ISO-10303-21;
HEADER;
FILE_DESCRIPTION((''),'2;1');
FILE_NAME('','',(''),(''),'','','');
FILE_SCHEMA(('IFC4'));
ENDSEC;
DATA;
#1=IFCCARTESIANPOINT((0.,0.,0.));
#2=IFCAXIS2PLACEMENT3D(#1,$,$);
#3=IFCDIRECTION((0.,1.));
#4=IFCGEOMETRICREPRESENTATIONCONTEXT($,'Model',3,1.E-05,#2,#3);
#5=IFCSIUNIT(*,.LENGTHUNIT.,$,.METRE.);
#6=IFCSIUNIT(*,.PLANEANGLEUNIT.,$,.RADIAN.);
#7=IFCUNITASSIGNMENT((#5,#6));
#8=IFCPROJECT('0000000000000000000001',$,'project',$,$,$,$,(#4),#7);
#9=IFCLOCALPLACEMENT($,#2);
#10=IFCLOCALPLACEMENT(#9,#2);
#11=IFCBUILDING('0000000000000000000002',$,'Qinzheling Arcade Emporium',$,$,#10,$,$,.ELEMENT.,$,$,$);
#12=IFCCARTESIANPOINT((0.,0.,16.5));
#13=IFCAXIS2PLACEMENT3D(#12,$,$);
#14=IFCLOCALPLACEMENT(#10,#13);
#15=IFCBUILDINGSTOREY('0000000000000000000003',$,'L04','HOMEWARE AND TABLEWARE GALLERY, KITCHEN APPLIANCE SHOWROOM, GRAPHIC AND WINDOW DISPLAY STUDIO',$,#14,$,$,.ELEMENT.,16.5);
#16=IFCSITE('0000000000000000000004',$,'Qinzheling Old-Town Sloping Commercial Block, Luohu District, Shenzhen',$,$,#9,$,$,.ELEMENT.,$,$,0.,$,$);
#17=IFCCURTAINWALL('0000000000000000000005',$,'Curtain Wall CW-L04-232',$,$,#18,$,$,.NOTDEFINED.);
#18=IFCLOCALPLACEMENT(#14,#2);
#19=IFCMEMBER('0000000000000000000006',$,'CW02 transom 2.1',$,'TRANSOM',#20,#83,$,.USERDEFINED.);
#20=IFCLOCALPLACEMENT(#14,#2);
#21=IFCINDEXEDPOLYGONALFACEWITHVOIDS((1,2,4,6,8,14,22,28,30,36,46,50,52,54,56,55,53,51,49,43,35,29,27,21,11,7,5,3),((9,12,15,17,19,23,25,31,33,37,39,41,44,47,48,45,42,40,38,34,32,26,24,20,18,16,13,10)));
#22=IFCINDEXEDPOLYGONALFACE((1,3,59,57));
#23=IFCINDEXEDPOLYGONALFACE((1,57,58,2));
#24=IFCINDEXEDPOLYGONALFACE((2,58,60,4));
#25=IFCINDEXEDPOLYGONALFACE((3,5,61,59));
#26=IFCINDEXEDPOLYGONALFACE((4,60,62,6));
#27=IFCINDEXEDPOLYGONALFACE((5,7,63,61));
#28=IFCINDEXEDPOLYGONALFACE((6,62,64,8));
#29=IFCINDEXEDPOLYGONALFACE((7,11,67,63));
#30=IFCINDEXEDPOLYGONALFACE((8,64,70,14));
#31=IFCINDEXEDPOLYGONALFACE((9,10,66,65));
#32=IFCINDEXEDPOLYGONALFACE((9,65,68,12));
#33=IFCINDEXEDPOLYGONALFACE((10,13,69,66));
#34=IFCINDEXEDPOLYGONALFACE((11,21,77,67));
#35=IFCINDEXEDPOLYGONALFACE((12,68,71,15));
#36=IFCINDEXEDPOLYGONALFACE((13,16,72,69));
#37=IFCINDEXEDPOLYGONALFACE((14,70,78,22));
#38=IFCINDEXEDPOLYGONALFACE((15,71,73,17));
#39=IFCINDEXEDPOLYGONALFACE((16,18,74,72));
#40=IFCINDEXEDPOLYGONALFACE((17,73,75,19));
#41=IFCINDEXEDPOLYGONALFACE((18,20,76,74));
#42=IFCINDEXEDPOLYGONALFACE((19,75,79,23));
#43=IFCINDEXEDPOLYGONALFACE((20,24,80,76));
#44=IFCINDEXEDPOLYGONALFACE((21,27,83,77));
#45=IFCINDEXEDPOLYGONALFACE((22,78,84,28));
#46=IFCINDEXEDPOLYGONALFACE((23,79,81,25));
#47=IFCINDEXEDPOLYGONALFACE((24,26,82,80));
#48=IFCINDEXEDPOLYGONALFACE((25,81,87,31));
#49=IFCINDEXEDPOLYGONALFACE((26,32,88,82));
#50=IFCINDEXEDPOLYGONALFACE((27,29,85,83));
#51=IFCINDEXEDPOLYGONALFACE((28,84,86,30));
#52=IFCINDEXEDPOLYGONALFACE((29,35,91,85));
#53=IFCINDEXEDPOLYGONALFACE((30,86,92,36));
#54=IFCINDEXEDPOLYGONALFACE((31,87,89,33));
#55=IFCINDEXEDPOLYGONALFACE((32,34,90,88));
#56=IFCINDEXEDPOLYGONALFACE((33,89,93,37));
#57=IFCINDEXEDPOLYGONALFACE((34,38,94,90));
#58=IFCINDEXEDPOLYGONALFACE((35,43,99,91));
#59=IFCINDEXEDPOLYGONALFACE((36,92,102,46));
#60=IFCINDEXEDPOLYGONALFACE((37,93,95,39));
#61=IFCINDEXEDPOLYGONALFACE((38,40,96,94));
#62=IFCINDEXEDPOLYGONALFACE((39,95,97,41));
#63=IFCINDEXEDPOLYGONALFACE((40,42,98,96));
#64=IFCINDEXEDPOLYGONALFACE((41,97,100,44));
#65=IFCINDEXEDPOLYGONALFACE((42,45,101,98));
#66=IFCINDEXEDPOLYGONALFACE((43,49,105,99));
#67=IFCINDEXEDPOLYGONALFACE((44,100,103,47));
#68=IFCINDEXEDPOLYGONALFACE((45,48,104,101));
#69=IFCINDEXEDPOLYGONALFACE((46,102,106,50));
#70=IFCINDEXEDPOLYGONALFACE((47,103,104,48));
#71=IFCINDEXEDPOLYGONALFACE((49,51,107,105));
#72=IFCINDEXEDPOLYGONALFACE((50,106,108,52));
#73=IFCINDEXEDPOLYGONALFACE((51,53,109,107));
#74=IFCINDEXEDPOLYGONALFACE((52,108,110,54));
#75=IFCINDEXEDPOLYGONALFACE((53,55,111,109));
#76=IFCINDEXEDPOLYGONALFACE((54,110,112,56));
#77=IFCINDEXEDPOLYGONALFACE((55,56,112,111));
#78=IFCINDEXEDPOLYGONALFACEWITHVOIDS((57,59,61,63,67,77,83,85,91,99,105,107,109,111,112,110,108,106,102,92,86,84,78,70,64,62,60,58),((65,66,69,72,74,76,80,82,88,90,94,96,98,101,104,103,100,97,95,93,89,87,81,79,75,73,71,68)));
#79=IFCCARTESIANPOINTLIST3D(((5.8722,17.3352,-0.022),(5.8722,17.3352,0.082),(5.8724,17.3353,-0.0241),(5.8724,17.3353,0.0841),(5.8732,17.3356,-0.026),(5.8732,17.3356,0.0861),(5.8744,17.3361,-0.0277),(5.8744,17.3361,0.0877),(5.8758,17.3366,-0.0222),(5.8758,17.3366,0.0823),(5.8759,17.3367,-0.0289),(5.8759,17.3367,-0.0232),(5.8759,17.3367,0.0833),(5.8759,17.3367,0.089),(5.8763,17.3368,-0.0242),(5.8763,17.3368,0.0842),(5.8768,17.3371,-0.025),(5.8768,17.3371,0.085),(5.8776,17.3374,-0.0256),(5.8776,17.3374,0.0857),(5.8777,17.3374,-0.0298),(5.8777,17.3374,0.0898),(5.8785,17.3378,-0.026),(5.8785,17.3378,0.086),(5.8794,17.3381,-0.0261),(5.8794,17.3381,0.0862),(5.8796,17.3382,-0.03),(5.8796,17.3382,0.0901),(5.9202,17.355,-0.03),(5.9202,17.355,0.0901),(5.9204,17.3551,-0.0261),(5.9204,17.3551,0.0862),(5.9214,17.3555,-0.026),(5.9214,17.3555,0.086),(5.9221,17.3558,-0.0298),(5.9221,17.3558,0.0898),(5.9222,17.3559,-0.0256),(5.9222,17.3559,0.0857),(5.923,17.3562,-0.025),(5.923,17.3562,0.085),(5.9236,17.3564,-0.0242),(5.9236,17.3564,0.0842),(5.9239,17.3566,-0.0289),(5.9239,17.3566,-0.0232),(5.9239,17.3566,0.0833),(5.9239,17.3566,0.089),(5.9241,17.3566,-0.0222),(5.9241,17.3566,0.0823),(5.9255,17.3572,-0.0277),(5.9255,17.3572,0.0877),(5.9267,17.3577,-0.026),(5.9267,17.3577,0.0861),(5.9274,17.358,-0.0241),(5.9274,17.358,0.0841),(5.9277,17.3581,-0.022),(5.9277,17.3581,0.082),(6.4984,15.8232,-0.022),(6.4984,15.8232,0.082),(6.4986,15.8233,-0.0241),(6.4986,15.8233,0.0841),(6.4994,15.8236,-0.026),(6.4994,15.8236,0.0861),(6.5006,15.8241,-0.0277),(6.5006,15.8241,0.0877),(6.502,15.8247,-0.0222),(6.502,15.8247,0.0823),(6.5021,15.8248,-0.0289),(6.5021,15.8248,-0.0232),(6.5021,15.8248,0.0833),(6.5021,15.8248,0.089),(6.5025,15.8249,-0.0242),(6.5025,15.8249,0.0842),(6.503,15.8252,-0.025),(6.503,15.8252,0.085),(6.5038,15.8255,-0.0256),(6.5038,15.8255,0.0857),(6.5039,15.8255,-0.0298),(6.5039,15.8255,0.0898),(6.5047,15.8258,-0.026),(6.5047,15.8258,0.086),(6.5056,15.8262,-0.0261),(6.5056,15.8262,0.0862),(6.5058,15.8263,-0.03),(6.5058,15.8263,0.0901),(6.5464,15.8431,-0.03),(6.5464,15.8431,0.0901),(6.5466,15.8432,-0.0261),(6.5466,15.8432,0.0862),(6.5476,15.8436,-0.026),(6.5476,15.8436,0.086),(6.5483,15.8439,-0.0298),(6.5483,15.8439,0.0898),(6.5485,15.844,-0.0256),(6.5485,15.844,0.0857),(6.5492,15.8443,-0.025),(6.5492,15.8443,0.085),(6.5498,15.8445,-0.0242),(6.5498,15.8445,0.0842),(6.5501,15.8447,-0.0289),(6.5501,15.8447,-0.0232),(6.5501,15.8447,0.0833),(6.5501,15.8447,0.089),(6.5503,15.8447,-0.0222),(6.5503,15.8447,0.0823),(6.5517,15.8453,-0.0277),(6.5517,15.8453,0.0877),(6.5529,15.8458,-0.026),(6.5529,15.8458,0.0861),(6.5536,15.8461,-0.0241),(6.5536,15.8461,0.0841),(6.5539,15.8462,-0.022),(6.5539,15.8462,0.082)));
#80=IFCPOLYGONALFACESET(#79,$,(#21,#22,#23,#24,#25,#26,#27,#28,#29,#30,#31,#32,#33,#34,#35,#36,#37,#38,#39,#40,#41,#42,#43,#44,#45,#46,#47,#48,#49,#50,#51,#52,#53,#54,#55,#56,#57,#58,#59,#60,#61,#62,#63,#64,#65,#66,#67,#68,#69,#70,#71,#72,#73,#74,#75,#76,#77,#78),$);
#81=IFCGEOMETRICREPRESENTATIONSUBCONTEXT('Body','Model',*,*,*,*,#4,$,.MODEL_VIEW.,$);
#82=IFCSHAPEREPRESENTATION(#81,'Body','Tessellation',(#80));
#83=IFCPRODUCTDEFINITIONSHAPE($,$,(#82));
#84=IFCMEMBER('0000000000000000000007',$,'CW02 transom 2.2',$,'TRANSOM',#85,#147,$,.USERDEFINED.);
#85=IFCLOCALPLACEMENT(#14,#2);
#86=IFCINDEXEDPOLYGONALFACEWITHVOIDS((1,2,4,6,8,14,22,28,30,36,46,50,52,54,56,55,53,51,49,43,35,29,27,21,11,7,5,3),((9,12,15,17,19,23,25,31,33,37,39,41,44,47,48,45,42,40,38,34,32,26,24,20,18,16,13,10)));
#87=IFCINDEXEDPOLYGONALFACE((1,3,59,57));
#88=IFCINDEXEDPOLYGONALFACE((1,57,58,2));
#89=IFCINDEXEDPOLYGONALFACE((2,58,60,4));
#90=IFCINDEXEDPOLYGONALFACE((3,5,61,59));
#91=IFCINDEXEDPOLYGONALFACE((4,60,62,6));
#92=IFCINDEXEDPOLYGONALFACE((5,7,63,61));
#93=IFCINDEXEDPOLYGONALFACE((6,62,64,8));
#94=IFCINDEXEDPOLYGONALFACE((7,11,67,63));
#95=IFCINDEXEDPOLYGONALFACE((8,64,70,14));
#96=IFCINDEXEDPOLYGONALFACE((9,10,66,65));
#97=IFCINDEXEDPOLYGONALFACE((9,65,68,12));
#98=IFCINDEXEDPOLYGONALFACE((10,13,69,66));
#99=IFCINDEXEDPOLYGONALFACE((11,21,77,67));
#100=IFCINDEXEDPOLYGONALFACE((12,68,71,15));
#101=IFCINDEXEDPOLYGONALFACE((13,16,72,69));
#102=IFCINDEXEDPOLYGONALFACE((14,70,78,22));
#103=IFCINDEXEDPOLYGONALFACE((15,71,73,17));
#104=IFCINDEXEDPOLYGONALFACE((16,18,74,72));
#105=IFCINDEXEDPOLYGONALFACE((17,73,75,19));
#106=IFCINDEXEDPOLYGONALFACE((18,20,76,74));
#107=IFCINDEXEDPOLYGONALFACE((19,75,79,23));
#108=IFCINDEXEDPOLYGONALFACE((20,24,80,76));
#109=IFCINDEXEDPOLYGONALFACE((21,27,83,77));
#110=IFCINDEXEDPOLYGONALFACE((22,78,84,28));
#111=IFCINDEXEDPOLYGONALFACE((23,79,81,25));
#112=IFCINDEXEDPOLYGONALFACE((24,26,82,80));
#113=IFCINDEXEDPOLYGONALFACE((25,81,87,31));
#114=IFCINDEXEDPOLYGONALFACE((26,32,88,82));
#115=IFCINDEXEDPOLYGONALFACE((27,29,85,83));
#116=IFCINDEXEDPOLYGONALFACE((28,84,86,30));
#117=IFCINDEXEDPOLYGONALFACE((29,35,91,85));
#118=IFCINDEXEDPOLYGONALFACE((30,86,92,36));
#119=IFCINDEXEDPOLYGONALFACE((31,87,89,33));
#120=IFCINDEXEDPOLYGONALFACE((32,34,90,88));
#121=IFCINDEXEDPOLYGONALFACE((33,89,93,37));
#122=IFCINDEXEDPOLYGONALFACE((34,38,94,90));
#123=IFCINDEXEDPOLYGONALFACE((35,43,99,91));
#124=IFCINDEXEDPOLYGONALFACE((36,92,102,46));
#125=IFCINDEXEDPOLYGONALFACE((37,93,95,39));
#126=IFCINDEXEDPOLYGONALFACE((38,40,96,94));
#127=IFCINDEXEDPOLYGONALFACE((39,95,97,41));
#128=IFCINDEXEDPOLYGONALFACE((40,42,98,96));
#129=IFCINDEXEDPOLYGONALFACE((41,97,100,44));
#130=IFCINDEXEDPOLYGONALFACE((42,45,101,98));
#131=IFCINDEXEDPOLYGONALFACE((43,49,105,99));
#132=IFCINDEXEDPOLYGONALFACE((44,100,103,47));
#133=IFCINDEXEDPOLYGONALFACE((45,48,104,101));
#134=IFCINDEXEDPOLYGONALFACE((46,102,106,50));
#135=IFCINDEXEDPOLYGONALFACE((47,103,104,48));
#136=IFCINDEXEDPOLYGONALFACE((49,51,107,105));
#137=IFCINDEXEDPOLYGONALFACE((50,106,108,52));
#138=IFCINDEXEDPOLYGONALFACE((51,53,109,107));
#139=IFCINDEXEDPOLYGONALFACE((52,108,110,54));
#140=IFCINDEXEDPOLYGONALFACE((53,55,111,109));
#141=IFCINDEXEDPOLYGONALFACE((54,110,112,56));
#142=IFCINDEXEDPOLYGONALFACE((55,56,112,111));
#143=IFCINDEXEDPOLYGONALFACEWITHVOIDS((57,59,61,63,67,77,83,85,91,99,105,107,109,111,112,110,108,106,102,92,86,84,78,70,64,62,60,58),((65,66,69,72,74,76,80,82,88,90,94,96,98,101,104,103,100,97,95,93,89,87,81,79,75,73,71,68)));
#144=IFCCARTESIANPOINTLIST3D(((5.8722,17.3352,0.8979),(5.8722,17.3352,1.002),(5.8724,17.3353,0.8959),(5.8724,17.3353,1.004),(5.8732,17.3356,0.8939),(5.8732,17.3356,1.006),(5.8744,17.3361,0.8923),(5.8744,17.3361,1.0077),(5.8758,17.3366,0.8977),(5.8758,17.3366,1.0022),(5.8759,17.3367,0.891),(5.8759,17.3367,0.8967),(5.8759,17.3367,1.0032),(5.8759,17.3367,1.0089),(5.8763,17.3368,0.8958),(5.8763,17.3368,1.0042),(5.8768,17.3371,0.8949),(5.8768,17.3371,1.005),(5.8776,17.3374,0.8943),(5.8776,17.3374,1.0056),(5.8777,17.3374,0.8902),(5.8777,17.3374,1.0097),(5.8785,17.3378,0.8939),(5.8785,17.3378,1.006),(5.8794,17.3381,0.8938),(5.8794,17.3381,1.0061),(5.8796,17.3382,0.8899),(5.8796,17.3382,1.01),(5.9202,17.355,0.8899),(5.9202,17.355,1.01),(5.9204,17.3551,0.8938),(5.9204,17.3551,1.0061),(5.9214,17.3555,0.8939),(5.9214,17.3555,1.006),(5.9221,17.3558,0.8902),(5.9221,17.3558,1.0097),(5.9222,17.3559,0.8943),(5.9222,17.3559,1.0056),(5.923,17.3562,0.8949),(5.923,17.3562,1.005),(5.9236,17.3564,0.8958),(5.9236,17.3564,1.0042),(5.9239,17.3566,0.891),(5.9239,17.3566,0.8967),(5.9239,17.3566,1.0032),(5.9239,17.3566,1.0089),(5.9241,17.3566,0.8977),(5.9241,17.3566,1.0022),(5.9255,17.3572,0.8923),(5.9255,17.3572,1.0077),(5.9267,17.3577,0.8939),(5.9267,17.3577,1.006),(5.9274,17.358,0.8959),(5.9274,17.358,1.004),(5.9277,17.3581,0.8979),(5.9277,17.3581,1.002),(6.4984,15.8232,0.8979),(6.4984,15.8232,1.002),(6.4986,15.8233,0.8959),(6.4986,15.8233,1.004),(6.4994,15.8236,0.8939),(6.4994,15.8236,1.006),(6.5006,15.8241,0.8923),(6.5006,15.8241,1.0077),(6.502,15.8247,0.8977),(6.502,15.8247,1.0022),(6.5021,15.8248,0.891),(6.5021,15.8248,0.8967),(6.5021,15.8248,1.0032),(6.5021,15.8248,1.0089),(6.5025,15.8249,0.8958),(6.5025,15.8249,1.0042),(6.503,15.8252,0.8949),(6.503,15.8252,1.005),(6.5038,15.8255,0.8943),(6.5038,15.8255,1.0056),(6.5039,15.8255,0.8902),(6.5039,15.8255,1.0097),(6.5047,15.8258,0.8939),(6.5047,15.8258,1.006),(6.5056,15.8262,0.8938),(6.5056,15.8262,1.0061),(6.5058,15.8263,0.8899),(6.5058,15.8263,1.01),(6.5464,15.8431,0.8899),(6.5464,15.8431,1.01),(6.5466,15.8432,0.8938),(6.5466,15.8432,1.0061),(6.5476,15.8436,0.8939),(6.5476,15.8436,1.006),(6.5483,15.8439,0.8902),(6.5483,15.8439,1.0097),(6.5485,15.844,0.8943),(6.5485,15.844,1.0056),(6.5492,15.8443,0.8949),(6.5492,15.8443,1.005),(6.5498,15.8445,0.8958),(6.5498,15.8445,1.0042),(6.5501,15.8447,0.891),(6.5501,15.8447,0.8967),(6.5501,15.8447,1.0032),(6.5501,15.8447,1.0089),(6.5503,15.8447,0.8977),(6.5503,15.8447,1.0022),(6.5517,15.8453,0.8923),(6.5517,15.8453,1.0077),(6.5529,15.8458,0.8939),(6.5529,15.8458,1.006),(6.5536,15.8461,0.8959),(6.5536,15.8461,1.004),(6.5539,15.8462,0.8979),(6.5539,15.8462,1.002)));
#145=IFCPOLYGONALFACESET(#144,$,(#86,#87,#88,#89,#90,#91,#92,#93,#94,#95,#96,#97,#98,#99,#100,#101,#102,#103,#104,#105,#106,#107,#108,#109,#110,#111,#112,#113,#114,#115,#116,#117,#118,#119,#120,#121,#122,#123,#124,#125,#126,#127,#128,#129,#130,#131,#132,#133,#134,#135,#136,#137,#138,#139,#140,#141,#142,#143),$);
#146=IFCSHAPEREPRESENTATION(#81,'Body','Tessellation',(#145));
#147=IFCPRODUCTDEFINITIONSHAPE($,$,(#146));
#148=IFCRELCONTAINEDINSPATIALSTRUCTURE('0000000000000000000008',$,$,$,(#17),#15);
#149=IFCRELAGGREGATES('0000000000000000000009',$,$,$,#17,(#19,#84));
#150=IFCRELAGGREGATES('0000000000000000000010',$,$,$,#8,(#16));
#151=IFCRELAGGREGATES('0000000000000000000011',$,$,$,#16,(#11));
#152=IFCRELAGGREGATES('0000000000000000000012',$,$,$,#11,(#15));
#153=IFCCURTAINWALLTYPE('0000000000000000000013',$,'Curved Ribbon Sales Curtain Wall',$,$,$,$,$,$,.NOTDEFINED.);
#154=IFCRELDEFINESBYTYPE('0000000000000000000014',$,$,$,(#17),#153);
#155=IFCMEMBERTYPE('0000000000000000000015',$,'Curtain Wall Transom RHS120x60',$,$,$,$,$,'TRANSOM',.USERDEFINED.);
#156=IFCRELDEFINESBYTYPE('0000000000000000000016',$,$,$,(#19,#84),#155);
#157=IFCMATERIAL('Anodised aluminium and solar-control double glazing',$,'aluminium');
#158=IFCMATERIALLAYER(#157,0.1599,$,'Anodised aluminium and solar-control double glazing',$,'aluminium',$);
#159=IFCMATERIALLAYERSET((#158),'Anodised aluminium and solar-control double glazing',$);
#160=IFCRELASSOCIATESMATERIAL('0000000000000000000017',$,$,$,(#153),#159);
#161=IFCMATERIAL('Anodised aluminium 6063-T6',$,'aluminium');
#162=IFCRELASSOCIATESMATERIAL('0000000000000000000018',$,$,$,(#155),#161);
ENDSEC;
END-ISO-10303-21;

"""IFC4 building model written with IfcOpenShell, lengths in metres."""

from ifc_helpers import new_model, si_unit, direction, frame, origin, origin_2d, place, context, subcontext, project, spatial, hollow_rectangle, extrude, material, layer, layer_set, material_profile, profile_set, type_object, element, aggregate, save


model = new_model("IFC4")

# Units and contexts
model_context = context("Model", 3, precision=1e-05, world=origin(), true_north=direction((0.0, 1.0)))
body_context = subcontext(model_context, "Body", "Model", "MODEL_VIEW")
ifc_project = project(units=[si_unit("LENGTHUNIT", "METRE"), si_unit("PLANEANGLEUNIT", "RADIAN")], contexts=[model_context])

# Site, building, storey
site_placement = place(None, origin())
site = spatial("IfcSite", under=ifc_project, at=site_placement, Name="Qinzheling Old-Town Sloping Commercial Block, Luohu District, Shenzhen", CompositionType="ELEMENT", RefElevation=0.0)
building_placement = place(site_placement, origin())
building = spatial("IfcBuilding", under=site, at=building_placement, Name="Qinzheling Arcade Emporium", CompositionType="ELEMENT")
storey_placement = place(building_placement, frame((0.0, 0.0, 16.5)))
storey = spatial("IfcBuildingStorey", under=building, at=storey_placement, Name="L04", Description="HOMEWARE AND TABLEWARE GALLERY, KITCHEN APPLIANCE SHOWROOM, GRAPHIC AND WINDOW DISPLAY STUDIO", CompositionType="ELEMENT", Elevation=16.5)

# Curtain wall
ifc_material_1 = material(Name="Anodised aluminium and solar-control double glazing", Category="aluminium")
ifc_layer_1 = layer(ifc_material_1, 0.1599, Name="Anodised aluminium and solar-control double glazing", Category="aluminium")
ifc_layer_set_1 = layer_set([ifc_layer_1], Name="Anodised aluminium and solar-control double glazing")
curtain_wall_type = type_object("IfcCurtainWallType", Name="Curved Ribbon Sales Curtain Wall", PredefinedType="NOTDEFINED", material=ifc_layer_set_1)
ifc_material_2 = material(Name="Anodised aluminium 6063-T6", Category="aluminium")
curtain_wall_1_placement = place(storey_placement, origin())
curtain_wall_1 = element("IfcCurtainWall", 1, at=curtain_wall_1_placement, inside=storey, type_object=curtain_wall_type, Name="Curtain Wall CW-L04-232", PredefinedType="NOTDEFINED")

# Members
ifc_material_profile_1 = material_profile(ifc_material_2, hollow_rectangle(XDim=0.0601, YDim=0.1201, WallThickness=0.0039, InnerFilletRadius=0.0039, OuterFilletRadius=0.0081, at=origin_2d()), Name="RHS 120x60x4", Category="aluminium")
ifc_profile_set_1 = profile_set([ifc_material_profile_1], Name="Anodised aluminium 6063-T6")
member_type_1 = type_object("IfcMemberType", Name="Curtain Wall Transom RHS120x60", ElementType="TRANSOM", PredefinedType="USERDEFINED", material=ifc_profile_set_1)
member_1_placement = place(storey_placement, frame((6.5261, 15.8347, 0.03), z_axis=(-0.382655, 0.923891, 0.0), x_axis=(-0.923891, -0.382655, 0.0)))
member_1 = element("IfcMember", 2, at=member_1_placement, type_object=member_type_1, Name="CW02 transom 2.1", ObjectType="TRANSOM", PredefinedType="USERDEFINED", context=body_context, shape_type="SweptSolid", body=[
    extrude(hollow_rectangle(XDim=0.0601, YDim=0.1201, WallThickness=0.0039, InnerFilletRadius=0.0039, OuterFilletRadius=0.0081, at=origin_2d()), origin(), (0.0, 0.0, 1.0), 1.6365),
])
member_2_placement = place(storey_placement, frame((6.5261, 15.8347, 0.95), z_axis=(-0.382655, 0.923891, 0.0), x_axis=(-0.923891, -0.382655, 0.0)))
member_2 = element("IfcMember", 3, at=member_2_placement, type_object=member_type_1, Name="CW02 transom 2.2", ObjectType="TRANSOM", PredefinedType="USERDEFINED", context=body_context, shape_type="SweptSolid", body=[
    extrude(hollow_rectangle(XDim=0.0601, YDim=0.1201, WallThickness=0.0039, InnerFilletRadius=0.0039, OuterFilletRadius=0.0081, at=origin_2d()), origin(), (0.0, 0.0, 1.0), 1.6365),
])

aggregate(curtain_wall_1, [member_1, member_2])

save(model, "model.ifc")
